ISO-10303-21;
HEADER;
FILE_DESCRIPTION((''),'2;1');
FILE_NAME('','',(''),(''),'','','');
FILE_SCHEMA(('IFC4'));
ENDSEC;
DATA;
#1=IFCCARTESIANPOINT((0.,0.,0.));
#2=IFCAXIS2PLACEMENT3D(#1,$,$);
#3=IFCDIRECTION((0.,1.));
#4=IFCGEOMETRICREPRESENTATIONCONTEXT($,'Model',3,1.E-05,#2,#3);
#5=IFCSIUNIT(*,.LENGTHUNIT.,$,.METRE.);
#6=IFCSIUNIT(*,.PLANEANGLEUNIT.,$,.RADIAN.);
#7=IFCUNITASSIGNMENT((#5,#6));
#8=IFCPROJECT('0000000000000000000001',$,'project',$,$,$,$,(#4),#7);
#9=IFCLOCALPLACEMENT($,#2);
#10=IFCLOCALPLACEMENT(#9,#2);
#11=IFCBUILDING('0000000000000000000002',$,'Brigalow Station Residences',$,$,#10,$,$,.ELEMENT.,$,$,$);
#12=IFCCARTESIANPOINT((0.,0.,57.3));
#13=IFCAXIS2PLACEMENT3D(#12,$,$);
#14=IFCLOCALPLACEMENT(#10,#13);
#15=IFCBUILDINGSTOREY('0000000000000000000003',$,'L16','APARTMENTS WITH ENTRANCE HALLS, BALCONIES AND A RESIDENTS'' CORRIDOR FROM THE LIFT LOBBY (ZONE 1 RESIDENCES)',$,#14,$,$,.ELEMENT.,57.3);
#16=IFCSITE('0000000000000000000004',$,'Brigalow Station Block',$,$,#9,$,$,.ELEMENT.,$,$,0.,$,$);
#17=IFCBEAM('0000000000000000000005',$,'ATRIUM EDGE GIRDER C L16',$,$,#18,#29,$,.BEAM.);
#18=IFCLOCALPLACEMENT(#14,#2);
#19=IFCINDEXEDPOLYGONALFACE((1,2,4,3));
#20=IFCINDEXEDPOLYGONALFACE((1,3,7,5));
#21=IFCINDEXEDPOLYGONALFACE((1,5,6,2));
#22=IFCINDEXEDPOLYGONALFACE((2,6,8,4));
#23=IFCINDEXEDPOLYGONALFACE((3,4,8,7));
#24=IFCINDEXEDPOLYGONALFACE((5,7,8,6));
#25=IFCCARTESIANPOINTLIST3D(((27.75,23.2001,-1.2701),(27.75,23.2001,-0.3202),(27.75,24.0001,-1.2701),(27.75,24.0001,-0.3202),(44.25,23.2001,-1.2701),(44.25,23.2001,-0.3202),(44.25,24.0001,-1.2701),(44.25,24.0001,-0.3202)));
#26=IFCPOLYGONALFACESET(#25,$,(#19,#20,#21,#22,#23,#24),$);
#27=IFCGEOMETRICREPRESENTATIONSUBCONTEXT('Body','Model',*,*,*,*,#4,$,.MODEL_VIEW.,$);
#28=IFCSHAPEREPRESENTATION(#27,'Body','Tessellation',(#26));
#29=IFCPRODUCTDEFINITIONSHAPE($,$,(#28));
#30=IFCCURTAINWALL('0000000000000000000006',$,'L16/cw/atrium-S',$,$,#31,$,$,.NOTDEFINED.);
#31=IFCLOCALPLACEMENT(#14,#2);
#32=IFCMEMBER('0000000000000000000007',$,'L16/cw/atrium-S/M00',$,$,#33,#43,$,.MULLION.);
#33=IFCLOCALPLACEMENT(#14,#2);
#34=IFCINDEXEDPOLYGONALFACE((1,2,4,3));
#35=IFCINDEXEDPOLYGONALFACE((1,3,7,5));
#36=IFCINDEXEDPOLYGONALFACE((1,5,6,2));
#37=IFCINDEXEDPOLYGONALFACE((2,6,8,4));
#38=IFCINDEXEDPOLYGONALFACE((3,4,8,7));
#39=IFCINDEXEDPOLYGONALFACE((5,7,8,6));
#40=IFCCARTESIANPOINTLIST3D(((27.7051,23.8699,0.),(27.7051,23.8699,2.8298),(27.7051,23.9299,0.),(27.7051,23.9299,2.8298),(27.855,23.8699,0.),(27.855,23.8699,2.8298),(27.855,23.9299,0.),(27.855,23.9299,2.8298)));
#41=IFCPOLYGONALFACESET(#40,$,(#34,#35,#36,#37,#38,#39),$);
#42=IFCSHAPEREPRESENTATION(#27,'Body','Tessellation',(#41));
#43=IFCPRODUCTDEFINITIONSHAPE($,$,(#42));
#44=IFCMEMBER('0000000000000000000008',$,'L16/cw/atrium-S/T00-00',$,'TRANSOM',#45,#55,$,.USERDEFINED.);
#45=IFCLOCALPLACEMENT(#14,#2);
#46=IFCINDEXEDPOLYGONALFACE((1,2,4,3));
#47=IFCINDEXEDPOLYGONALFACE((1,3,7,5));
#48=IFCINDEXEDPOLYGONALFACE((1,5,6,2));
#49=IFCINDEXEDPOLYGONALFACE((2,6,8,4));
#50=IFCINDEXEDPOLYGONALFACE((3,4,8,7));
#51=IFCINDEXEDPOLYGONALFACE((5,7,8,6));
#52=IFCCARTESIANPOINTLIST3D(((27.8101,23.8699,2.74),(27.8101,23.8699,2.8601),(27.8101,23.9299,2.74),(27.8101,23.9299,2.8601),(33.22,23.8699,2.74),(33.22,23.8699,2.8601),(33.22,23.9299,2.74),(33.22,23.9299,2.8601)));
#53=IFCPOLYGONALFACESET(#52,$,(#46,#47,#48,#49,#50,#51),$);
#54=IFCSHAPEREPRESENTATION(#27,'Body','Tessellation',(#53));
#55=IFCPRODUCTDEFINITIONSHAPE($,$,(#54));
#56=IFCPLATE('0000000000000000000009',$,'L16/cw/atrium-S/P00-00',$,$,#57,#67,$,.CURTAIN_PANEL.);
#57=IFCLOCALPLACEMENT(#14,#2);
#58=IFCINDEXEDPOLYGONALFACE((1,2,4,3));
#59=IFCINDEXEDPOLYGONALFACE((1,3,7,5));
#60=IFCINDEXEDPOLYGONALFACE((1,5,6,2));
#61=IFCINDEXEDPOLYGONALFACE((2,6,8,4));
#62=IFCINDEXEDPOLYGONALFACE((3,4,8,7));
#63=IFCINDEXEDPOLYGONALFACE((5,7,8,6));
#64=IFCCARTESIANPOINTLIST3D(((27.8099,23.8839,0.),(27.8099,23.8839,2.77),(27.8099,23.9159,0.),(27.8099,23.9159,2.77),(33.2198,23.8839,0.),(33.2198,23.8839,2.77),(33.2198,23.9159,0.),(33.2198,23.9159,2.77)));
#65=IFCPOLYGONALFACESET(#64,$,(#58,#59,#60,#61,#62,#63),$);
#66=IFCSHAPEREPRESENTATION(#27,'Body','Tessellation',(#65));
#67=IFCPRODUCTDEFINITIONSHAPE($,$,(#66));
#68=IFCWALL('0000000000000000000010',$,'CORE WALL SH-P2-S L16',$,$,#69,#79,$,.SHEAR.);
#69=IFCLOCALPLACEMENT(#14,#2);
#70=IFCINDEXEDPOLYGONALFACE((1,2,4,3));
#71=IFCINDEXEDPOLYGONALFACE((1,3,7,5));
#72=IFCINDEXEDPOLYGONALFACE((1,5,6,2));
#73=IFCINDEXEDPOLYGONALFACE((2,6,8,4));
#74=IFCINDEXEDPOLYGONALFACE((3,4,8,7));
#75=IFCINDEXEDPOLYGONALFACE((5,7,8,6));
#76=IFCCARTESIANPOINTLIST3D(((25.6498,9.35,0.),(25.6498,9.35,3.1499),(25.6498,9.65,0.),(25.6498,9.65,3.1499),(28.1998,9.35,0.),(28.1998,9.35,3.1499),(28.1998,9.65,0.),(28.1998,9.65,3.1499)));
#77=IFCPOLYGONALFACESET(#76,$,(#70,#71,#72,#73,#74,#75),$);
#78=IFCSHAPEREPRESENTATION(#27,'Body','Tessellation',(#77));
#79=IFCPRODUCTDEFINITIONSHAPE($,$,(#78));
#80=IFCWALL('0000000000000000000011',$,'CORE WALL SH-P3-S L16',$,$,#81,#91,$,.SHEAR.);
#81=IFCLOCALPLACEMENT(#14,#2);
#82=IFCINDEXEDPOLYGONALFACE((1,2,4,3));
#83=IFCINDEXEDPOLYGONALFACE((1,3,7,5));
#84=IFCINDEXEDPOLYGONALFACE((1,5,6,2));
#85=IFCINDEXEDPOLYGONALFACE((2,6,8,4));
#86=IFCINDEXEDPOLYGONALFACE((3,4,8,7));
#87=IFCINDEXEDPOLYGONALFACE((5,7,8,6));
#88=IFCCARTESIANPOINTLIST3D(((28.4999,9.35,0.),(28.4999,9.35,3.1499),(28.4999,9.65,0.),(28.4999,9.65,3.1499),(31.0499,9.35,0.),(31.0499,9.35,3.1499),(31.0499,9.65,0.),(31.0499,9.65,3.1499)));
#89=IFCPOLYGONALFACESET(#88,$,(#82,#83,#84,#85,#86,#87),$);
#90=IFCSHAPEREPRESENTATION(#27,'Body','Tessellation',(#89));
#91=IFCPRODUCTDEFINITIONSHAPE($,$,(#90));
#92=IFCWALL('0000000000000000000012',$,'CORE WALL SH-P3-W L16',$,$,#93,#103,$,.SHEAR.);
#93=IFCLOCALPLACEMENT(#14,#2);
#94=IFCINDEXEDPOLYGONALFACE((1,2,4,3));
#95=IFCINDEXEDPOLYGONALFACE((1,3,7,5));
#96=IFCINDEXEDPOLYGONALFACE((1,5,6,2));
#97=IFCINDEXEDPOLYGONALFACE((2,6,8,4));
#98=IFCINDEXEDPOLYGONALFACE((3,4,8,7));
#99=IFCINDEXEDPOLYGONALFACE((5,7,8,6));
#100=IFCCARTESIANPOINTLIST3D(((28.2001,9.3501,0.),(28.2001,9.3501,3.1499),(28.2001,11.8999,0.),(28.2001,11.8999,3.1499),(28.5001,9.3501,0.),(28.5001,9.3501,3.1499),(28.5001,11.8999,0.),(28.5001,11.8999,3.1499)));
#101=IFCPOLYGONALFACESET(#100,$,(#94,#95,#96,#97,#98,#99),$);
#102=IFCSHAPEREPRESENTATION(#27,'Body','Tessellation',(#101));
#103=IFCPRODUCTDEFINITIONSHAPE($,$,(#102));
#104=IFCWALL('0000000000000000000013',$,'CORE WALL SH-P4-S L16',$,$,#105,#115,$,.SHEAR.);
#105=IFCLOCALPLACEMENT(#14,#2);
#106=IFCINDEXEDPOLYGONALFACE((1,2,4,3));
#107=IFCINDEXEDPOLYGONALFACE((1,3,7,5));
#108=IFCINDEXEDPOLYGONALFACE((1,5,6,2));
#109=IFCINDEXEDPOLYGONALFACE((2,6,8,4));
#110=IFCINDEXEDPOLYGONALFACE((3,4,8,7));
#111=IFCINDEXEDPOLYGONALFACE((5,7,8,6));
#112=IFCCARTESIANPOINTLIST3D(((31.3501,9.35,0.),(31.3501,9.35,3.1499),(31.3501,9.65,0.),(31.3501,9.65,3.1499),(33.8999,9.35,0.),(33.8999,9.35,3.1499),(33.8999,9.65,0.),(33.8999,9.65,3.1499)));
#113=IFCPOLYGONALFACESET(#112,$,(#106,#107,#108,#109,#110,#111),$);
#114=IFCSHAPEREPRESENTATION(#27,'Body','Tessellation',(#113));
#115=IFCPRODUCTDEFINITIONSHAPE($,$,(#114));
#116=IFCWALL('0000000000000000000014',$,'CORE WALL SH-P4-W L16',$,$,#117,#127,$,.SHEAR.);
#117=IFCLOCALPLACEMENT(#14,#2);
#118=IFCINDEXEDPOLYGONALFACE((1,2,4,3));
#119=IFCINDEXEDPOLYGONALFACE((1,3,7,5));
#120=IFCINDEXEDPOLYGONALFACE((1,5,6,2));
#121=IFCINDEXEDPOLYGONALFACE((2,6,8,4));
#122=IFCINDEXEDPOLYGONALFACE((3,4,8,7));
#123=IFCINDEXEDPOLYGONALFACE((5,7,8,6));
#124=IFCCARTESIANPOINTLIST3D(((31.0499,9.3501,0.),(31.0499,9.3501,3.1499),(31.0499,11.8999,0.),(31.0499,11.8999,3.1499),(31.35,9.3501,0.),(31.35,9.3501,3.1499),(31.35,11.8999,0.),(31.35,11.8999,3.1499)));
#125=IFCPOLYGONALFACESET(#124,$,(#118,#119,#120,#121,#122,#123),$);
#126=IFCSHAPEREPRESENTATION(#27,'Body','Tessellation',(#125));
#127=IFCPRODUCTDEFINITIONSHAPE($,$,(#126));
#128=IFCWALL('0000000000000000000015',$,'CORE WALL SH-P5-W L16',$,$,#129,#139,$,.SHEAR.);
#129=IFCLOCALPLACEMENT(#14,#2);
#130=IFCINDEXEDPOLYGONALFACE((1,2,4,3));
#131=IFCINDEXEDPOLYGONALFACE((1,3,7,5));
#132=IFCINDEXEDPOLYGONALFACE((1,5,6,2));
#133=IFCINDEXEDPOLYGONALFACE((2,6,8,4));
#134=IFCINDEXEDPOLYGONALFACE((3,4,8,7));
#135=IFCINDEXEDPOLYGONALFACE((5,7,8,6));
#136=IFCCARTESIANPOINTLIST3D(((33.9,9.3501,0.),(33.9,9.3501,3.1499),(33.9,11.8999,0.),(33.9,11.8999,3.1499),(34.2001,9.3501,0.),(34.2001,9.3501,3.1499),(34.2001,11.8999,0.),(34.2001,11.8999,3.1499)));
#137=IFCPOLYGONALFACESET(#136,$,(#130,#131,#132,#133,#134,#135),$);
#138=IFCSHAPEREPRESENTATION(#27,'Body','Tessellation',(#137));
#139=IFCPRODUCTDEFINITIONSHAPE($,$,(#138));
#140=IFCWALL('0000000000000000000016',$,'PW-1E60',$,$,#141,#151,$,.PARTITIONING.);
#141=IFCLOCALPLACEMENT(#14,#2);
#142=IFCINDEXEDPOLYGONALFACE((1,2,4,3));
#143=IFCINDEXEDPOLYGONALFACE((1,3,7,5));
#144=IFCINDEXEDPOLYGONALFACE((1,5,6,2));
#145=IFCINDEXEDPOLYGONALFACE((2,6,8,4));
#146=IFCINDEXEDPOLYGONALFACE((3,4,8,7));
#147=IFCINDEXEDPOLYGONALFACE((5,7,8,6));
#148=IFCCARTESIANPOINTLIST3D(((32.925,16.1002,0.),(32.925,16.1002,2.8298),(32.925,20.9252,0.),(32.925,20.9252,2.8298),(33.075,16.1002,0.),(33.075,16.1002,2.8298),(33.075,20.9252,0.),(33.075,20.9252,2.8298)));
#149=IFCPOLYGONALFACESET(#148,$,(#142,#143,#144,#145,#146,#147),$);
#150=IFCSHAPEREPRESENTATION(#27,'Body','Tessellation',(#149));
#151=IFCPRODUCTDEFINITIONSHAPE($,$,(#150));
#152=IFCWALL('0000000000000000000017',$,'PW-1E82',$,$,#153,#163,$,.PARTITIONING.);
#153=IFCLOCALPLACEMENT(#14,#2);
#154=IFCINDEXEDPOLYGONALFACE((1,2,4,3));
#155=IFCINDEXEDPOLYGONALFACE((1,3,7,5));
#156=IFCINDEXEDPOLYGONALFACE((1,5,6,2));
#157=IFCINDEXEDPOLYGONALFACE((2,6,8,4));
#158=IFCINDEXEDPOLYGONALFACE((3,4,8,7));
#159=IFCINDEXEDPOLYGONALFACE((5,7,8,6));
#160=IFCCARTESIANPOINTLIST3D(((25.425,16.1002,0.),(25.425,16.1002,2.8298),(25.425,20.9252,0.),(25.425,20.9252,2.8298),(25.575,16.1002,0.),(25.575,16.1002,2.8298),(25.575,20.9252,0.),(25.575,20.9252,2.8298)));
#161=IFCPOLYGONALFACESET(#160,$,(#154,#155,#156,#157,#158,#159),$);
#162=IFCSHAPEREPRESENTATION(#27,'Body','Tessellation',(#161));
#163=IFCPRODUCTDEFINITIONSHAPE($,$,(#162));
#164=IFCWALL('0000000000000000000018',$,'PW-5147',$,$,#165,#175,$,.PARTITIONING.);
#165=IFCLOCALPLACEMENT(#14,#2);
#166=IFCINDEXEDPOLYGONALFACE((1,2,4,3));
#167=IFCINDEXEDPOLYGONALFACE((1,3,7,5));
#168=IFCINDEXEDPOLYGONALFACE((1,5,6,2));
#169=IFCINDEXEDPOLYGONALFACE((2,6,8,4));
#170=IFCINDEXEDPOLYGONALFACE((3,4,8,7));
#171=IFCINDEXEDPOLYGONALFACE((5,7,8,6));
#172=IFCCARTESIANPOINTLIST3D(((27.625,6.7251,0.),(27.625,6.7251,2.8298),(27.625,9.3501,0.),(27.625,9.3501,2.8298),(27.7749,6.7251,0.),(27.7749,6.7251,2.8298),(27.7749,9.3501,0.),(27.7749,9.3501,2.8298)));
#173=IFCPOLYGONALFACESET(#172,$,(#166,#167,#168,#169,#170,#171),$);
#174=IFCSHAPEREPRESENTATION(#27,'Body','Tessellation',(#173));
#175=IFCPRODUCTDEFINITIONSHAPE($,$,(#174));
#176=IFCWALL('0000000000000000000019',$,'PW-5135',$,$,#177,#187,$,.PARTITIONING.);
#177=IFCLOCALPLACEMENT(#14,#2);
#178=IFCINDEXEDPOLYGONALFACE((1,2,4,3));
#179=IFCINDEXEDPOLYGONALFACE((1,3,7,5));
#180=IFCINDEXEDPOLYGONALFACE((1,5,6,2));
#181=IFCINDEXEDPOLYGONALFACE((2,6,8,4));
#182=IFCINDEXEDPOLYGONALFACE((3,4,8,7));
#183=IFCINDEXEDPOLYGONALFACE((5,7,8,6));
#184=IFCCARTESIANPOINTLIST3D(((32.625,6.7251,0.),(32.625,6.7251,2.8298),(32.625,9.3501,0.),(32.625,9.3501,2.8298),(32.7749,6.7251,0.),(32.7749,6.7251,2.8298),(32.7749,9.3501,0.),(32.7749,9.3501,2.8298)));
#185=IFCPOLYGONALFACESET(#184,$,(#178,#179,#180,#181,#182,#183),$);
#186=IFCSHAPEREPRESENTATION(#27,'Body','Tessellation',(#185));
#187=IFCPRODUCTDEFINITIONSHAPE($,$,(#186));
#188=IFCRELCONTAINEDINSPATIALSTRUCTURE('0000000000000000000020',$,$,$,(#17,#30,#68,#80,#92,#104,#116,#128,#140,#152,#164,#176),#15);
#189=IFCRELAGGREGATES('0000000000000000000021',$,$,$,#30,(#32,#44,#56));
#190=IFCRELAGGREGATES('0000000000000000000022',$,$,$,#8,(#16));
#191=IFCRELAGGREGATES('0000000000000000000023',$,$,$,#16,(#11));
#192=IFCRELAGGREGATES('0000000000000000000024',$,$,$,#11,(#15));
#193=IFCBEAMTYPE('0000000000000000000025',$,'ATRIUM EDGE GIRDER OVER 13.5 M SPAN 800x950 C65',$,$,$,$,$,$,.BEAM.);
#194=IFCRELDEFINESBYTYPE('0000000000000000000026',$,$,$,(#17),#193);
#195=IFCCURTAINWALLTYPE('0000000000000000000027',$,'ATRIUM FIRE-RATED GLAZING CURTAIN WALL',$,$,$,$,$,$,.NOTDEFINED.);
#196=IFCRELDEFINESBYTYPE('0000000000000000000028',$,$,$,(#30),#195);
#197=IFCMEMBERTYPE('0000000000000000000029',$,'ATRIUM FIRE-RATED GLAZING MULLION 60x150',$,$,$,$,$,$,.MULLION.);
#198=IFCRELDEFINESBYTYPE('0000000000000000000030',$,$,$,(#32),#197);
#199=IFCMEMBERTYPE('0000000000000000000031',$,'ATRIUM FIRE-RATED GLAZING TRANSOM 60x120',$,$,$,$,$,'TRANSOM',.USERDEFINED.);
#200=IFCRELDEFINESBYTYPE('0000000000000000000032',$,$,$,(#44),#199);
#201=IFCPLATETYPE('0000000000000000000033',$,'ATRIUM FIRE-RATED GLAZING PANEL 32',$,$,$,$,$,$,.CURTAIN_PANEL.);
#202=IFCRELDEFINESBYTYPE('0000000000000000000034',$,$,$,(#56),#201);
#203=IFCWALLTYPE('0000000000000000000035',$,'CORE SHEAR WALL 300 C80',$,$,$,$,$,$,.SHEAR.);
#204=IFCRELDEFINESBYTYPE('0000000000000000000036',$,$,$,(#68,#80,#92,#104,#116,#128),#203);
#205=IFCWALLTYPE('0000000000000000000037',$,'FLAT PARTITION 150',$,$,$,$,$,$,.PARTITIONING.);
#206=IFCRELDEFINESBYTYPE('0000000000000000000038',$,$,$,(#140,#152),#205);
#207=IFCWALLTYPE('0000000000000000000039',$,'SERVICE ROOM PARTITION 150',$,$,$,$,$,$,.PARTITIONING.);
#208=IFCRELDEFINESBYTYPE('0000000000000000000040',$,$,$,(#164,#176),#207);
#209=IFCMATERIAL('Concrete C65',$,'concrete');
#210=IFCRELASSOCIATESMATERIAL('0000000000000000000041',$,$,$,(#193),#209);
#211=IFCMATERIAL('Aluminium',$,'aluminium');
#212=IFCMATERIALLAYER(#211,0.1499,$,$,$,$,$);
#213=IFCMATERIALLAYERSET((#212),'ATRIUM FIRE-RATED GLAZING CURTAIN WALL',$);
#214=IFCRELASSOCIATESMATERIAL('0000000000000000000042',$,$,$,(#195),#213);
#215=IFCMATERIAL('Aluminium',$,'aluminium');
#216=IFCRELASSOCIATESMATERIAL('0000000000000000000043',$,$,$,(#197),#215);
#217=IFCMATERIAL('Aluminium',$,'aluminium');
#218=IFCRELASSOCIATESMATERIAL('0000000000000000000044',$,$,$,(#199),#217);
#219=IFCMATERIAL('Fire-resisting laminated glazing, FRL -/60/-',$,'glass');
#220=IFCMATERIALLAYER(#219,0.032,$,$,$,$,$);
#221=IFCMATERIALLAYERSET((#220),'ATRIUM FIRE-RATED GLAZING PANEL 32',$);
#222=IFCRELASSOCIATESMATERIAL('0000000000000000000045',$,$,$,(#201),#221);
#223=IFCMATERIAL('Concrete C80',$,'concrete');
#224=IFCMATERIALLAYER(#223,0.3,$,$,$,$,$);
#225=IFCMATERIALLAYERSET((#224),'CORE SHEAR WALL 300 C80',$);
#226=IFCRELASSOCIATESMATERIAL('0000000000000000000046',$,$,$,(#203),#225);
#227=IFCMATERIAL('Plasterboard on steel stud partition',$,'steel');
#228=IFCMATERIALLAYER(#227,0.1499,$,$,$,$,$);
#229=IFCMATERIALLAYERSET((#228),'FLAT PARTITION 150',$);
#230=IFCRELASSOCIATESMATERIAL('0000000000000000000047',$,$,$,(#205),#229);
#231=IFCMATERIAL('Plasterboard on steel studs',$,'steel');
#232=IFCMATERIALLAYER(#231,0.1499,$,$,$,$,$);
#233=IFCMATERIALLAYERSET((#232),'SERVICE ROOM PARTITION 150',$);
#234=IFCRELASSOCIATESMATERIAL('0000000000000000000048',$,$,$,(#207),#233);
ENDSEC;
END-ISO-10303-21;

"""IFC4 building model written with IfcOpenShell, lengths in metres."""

from ifc_helpers import new_model, si_unit, direction, frame, frame_2d, origin, origin_2d, place, context, subcontext, project, spatial, rectangle, extrude, material, layer, layer_set, material_profile, profile_set, type_object, element, aggregate, save


model = new_model("IFC4")

# Units and contexts
model_context = context("Model", 3, precision=1e-05, world=origin(), true_north=direction((0.0, 1.0)))
body_context = subcontext(model_context, "Body", "Model", "MODEL_VIEW")
ifc_project = project(units=[si_unit("LENGTHUNIT", "METRE"), si_unit("PLANEANGLEUNIT", "RADIAN")], contexts=[model_context])

# Site, building, storey
site_placement = place(None, origin())
site = spatial("IfcSite", under=ifc_project, at=site_placement, Name="Brigalow Station Block", CompositionType="ELEMENT", RefElevation=0.0)
building_placement = place(site_placement, origin())
building = spatial("IfcBuilding", under=site, at=building_placement, Name="Brigalow Station Residences", CompositionType="ELEMENT")
storey_placement = place(building_placement, frame((0.0, 0.0, 57.3)))
storey = spatial("IfcBuildingStorey", under=building, at=storey_placement, Name="L16", Description="APARTMENTS WITH ENTRANCE HALLS, BALCONIES AND A RESIDENTS' CORRIDOR FROM THE LIFT LOBBY (ZONE 1 RESIDENCES)", CompositionType="ELEMENT", Elevation=57.3)

# Beam
ifc_material_1 = material(Name="Concrete C65", Category="concrete")
ifc_material_profile_1 = material_profile(ifc_material_1, rectangle(XDim=0.8, YDim=0.95, at=origin_2d()), Name="RC800x950")
ifc_profile_set_1 = profile_set([ifc_material_profile_1], Name="Concrete C65")
beam_type = type_object("IfcBeamType", Name="ATRIUM EDGE GIRDER OVER 13.5 M SPAN 800x950 C65", PredefinedType="BEAM", material=ifc_profile_set_1)
beam_placement = place(storey_placement, frame((27.75, 23.6001, -0.7952), z_axis=(1.0, 0.0, 0.0), x_axis=(0.0, 1.0, 0.0)))
element("IfcBeam", 1, at=beam_placement, inside=storey, type_object=beam_type, Name="ATRIUM EDGE GIRDER C L16", PredefinedType="BEAM", context=body_context, shape_type="SweptSolid", body=[
    extrude(rectangle(XDim=0.8, YDim=0.95, at=origin_2d()), origin(), (0.0, 0.0, 1.0), 16.5),
])

# Curtain wall, members, plate
ifc_material_2 = material(Name="Aluminium", Category="aluminium")
ifc_layer_1 = layer(ifc_material_2, 0.1499)
ifc_layer_set_1 = layer_set([ifc_layer_1], Name="ATRIUM FIRE-RATED GLAZING CURTAIN WALL")
curtain_wall_type = type_object("IfcCurtainWallType", Name="ATRIUM FIRE-RATED GLAZING CURTAIN WALL", PredefinedType="NOTDEFINED", material=ifc_layer_set_1)
curtain_wall_placement = place(storey_placement, origin())
curtain_wall = element("IfcCurtainWall", 2, at=curtain_wall_placement, inside=storey, type_object=curtain_wall_type, Name="L16/cw/atrium-S", PredefinedType="NOTDEFINED")
ifc_material_3 = material(Name="Aluminium", Category="aluminium")
ifc_material_profile_2 = material_profile(ifc_material_3, rectangle(XDim=0.0601, YDim=0.1499, at=origin_2d()), Name="ATRIUM FIRE-RATED GLAZING MULLION 60x150")
ifc_profile_set_2 = profile_set([ifc_material_profile_2], Name="Aluminium")
member_type_1 = type_object("IfcMemberType", Name="ATRIUM FIRE-RATED GLAZING MULLION 60x150", PredefinedType="MULLION", material=ifc_profile_set_2)
member_1_placement = place(storey_placement, frame((27.78, 23.8999, 0.0), z_axis=(0.0, 0.0, 1.0), x_axis=(0.0, 1.0, 0.0)))
member_1 = element("IfcMember", 3, at=member_1_placement, type_object=member_type_1, Name="L16/cw/atrium-S/M00", PredefinedType="MULLION", context=body_context, shape_type="SweptSolid", body=[
    extrude(rectangle(XDim=0.0601, YDim=0.1499, at=origin_2d()), origin(), (0.0, 0.0, 1.0), 2.8298),
])
ifc_material_4 = material(Name="Aluminium", Category="aluminium")
ifc_material_profile_3 = material_profile(ifc_material_4, rectangle(XDim=0.0601, YDim=0.1201, at=origin_2d()), Name="ATRIUM FIRE-RATED GLAZING TRANSOM 60x120")
ifc_profile_set_3 = profile_set([ifc_material_profile_3], Name="Aluminium")
member_type_2 = type_object("IfcMemberType", Name="ATRIUM FIRE-RATED GLAZING TRANSOM 60x120", ElementType="TRANSOM", PredefinedType="USERDEFINED", material=ifc_profile_set_3)
member_2_placement = place(storey_placement, frame((27.8101, 23.8999, 2.8), z_axis=(1.0, 0.0, 0.0), x_axis=(0.0, 1.0, 0.0)))
member_2 = element("IfcMember", 4, at=member_2_placement, type_object=member_type_2, Name="L16/cw/atrium-S/T00-00", ObjectType="TRANSOM", PredefinedType="USERDEFINED", context=body_context, shape_type="SweptSolid", body=[
    extrude(rectangle(XDim=0.0601, YDim=0.1201, at=origin_2d()), origin(), (0.0, 0.0, 1.0), 5.4099),
])
ifc_material_5 = material(Name="Fire-resisting laminated glazing, FRL -/60/-", Category="glass")
ifc_layer_2 = layer(ifc_material_5, 0.032)
ifc_layer_set_2 = layer_set([ifc_layer_2], Name="ATRIUM FIRE-RATED GLAZING PANEL 32")
plate_type = type_object("IfcPlateType", Name="ATRIUM FIRE-RATED GLAZING PANEL 32", PredefinedType="CURTAIN_PANEL", material=ifc_layer_set_2)
plate_placement = place(storey_placement, frame((30.5149, 23.8999, 0.0), z_axis=(0.0, 0.0, 1.0), x_axis=(1.0, 0.0, 0.0)))
plate = element("IfcPlate", 5, at=plate_placement, type_object=plate_type, Name="L16/cw/atrium-S/P00-00", PredefinedType="CURTAIN_PANEL", context=body_context, shape_type="SweptSolid", body=[
    extrude(rectangle(XDim=5.4099, YDim=0.032, at=origin_2d()), origin(), (0.0, 0.0, 1.0), 2.77),
])
aggregate(curtain_wall, [member_1, member_2, plate])

# Walls
ifc_material_6 = material(Name="Concrete C80", Category="concrete")
ifc_layer_3 = layer(ifc_material_6, 0.3)
ifc_layer_set_3 = layer_set([ifc_layer_3], Name="CORE SHEAR WALL 300 C80")
wall_type_1 = type_object("IfcWallType", Name="CORE SHEAR WALL 300 C80", PredefinedType="SHEAR", material=ifc_layer_set_3)
for number, where, z_axis, x_axis, name in (
    (6, (25.6499, 9.5, 0.0), (0.0, 0.0, 1.0), (1.0, 0.0, 0.0), "CORE WALL SH-P2-S L16"),
    (7, (28.5, 9.5, 0.0), (0.0, 0.0, 1.0), (1.0, 0.0, 0.0), "CORE WALL SH-P3-S L16"),
):
    element("IfcWall", number, at=place(storey_placement, frame(where, z_axis=z_axis, x_axis=x_axis)), inside=storey, type_object=wall_type_1, Name=name, PredefinedType="SHEAR", context=body_context, shape_type="SweptSolid", body=[
        extrude(rectangle(XDim=2.55, YDim=0.3, at=frame_2d((1.2749, 0.0))), origin(), (0.0, 0.0, 1.0), 3.1499),
    ])
for number, where, z_axis, x_axis, name in (
    (8, (28.3501, 9.3501, 0.0), (0.0, 0.0, 1.0), (0.0, 1.0, 0.0), "CORE WALL SH-P3-W L16"),
    (9, (31.3501, 9.5, 0.0), (0.0, 0.0, 1.0), (1.0, 0.0, 0.0), "CORE WALL SH-P4-S L16"),
    (10, (31.2, 9.3501, 0.0), (0.0, 0.0, 1.0), (0.0, 1.0, 0.0), "CORE WALL SH-P4-W L16"),
    (11, (34.05, 9.3501, 0.0), (0.0, 0.0, 1.0), (0.0, 1.0, 0.0), "CORE WALL SH-P5-W L16"),
):
    element("IfcWall", number, at=place(storey_placement, frame(where, z_axis=z_axis, x_axis=x_axis)), inside=storey, type_object=wall_type_1, Name=name, PredefinedType="SHEAR", context=body_context, shape_type="SweptSolid", body=[
        extrude(rectangle(XDim=2.5498, YDim=0.3, at=frame_2d((1.2749, 0.0))), origin(), (0.0, 0.0, 1.0), 3.1499),
    ])
ifc_material_7 = material(Name="Plasterboard on steel stud partition", Category="steel")
ifc_layer_4 = layer(ifc_material_7, 0.1499)
ifc_layer_set_4 = layer_set([ifc_layer_4], Name="FLAT PARTITION 150")
wall_type_2 = type_object("IfcWallType", Name="FLAT PARTITION 150", PredefinedType="PARTITIONING", material=ifc_layer_set_4)
for number, where, z_axis, x_axis, name in (
    (12, (33.0, 16.1001, 0.0), (0.0, 0.0, 1.0), (0.0, 1.0, 0.0), "PW-1E60"),
    (13, (25.5, 16.1001, 0.0), (0.0, 0.0, 1.0), (0.0, 1.0, 0.0), "PW-1E82"),
):
    element("IfcWall", number, at=place(storey_placement, frame(where, z_axis=z_axis, x_axis=x_axis)), inside=storey, type_object=wall_type_2, Name=name, PredefinedType="PARTITIONING", context=body_context, shape_type="SweptSolid", body=[
        extrude(rectangle(XDim=4.825, YDim=0.1499, at=frame_2d((2.4126, 0.0))), origin(), (0.0, 0.0, 1.0), 2.8298),
    ])
ifc_material_8 = material(Name="Plasterboard on steel studs", Category="steel")
ifc_layer_5 = layer(ifc_material_8, 0.1499)
ifc_layer_set_5 = layer_set([ifc_layer_5], Name="SERVICE ROOM PARTITION 150")
wall_type_3 = type_object("IfcWallType", Name="SERVICE ROOM PARTITION 150", PredefinedType="PARTITIONING", material=ifc_layer_set_5)
for number, where, z_axis, x_axis, name in (
    (14, (27.7, 6.7251, 0.0), (0.0, 0.0, 1.0), (0.0, 1.0, 0.0), "PW-5147"),
    (15, (32.7, 6.7251, 0.0), (0.0, 0.0, 1.0), (0.0, 1.0, 0.0), "PW-5135"),
):
    element("IfcWall", number, at=place(storey_placement, frame(where, z_axis=z_axis, x_axis=x_axis)), inside=storey, type_object=wall_type_3, Name=name, PredefinedType="PARTITIONING", context=body_context, shape_type="SweptSolid", body=[
        extrude(rectangle(XDim=2.625, YDim=0.1499, at=frame_2d((1.3125, 0.0))), origin(), (0.0, 0.0, 1.0), 2.8298),
    ])

save(model, "model.ifc")
